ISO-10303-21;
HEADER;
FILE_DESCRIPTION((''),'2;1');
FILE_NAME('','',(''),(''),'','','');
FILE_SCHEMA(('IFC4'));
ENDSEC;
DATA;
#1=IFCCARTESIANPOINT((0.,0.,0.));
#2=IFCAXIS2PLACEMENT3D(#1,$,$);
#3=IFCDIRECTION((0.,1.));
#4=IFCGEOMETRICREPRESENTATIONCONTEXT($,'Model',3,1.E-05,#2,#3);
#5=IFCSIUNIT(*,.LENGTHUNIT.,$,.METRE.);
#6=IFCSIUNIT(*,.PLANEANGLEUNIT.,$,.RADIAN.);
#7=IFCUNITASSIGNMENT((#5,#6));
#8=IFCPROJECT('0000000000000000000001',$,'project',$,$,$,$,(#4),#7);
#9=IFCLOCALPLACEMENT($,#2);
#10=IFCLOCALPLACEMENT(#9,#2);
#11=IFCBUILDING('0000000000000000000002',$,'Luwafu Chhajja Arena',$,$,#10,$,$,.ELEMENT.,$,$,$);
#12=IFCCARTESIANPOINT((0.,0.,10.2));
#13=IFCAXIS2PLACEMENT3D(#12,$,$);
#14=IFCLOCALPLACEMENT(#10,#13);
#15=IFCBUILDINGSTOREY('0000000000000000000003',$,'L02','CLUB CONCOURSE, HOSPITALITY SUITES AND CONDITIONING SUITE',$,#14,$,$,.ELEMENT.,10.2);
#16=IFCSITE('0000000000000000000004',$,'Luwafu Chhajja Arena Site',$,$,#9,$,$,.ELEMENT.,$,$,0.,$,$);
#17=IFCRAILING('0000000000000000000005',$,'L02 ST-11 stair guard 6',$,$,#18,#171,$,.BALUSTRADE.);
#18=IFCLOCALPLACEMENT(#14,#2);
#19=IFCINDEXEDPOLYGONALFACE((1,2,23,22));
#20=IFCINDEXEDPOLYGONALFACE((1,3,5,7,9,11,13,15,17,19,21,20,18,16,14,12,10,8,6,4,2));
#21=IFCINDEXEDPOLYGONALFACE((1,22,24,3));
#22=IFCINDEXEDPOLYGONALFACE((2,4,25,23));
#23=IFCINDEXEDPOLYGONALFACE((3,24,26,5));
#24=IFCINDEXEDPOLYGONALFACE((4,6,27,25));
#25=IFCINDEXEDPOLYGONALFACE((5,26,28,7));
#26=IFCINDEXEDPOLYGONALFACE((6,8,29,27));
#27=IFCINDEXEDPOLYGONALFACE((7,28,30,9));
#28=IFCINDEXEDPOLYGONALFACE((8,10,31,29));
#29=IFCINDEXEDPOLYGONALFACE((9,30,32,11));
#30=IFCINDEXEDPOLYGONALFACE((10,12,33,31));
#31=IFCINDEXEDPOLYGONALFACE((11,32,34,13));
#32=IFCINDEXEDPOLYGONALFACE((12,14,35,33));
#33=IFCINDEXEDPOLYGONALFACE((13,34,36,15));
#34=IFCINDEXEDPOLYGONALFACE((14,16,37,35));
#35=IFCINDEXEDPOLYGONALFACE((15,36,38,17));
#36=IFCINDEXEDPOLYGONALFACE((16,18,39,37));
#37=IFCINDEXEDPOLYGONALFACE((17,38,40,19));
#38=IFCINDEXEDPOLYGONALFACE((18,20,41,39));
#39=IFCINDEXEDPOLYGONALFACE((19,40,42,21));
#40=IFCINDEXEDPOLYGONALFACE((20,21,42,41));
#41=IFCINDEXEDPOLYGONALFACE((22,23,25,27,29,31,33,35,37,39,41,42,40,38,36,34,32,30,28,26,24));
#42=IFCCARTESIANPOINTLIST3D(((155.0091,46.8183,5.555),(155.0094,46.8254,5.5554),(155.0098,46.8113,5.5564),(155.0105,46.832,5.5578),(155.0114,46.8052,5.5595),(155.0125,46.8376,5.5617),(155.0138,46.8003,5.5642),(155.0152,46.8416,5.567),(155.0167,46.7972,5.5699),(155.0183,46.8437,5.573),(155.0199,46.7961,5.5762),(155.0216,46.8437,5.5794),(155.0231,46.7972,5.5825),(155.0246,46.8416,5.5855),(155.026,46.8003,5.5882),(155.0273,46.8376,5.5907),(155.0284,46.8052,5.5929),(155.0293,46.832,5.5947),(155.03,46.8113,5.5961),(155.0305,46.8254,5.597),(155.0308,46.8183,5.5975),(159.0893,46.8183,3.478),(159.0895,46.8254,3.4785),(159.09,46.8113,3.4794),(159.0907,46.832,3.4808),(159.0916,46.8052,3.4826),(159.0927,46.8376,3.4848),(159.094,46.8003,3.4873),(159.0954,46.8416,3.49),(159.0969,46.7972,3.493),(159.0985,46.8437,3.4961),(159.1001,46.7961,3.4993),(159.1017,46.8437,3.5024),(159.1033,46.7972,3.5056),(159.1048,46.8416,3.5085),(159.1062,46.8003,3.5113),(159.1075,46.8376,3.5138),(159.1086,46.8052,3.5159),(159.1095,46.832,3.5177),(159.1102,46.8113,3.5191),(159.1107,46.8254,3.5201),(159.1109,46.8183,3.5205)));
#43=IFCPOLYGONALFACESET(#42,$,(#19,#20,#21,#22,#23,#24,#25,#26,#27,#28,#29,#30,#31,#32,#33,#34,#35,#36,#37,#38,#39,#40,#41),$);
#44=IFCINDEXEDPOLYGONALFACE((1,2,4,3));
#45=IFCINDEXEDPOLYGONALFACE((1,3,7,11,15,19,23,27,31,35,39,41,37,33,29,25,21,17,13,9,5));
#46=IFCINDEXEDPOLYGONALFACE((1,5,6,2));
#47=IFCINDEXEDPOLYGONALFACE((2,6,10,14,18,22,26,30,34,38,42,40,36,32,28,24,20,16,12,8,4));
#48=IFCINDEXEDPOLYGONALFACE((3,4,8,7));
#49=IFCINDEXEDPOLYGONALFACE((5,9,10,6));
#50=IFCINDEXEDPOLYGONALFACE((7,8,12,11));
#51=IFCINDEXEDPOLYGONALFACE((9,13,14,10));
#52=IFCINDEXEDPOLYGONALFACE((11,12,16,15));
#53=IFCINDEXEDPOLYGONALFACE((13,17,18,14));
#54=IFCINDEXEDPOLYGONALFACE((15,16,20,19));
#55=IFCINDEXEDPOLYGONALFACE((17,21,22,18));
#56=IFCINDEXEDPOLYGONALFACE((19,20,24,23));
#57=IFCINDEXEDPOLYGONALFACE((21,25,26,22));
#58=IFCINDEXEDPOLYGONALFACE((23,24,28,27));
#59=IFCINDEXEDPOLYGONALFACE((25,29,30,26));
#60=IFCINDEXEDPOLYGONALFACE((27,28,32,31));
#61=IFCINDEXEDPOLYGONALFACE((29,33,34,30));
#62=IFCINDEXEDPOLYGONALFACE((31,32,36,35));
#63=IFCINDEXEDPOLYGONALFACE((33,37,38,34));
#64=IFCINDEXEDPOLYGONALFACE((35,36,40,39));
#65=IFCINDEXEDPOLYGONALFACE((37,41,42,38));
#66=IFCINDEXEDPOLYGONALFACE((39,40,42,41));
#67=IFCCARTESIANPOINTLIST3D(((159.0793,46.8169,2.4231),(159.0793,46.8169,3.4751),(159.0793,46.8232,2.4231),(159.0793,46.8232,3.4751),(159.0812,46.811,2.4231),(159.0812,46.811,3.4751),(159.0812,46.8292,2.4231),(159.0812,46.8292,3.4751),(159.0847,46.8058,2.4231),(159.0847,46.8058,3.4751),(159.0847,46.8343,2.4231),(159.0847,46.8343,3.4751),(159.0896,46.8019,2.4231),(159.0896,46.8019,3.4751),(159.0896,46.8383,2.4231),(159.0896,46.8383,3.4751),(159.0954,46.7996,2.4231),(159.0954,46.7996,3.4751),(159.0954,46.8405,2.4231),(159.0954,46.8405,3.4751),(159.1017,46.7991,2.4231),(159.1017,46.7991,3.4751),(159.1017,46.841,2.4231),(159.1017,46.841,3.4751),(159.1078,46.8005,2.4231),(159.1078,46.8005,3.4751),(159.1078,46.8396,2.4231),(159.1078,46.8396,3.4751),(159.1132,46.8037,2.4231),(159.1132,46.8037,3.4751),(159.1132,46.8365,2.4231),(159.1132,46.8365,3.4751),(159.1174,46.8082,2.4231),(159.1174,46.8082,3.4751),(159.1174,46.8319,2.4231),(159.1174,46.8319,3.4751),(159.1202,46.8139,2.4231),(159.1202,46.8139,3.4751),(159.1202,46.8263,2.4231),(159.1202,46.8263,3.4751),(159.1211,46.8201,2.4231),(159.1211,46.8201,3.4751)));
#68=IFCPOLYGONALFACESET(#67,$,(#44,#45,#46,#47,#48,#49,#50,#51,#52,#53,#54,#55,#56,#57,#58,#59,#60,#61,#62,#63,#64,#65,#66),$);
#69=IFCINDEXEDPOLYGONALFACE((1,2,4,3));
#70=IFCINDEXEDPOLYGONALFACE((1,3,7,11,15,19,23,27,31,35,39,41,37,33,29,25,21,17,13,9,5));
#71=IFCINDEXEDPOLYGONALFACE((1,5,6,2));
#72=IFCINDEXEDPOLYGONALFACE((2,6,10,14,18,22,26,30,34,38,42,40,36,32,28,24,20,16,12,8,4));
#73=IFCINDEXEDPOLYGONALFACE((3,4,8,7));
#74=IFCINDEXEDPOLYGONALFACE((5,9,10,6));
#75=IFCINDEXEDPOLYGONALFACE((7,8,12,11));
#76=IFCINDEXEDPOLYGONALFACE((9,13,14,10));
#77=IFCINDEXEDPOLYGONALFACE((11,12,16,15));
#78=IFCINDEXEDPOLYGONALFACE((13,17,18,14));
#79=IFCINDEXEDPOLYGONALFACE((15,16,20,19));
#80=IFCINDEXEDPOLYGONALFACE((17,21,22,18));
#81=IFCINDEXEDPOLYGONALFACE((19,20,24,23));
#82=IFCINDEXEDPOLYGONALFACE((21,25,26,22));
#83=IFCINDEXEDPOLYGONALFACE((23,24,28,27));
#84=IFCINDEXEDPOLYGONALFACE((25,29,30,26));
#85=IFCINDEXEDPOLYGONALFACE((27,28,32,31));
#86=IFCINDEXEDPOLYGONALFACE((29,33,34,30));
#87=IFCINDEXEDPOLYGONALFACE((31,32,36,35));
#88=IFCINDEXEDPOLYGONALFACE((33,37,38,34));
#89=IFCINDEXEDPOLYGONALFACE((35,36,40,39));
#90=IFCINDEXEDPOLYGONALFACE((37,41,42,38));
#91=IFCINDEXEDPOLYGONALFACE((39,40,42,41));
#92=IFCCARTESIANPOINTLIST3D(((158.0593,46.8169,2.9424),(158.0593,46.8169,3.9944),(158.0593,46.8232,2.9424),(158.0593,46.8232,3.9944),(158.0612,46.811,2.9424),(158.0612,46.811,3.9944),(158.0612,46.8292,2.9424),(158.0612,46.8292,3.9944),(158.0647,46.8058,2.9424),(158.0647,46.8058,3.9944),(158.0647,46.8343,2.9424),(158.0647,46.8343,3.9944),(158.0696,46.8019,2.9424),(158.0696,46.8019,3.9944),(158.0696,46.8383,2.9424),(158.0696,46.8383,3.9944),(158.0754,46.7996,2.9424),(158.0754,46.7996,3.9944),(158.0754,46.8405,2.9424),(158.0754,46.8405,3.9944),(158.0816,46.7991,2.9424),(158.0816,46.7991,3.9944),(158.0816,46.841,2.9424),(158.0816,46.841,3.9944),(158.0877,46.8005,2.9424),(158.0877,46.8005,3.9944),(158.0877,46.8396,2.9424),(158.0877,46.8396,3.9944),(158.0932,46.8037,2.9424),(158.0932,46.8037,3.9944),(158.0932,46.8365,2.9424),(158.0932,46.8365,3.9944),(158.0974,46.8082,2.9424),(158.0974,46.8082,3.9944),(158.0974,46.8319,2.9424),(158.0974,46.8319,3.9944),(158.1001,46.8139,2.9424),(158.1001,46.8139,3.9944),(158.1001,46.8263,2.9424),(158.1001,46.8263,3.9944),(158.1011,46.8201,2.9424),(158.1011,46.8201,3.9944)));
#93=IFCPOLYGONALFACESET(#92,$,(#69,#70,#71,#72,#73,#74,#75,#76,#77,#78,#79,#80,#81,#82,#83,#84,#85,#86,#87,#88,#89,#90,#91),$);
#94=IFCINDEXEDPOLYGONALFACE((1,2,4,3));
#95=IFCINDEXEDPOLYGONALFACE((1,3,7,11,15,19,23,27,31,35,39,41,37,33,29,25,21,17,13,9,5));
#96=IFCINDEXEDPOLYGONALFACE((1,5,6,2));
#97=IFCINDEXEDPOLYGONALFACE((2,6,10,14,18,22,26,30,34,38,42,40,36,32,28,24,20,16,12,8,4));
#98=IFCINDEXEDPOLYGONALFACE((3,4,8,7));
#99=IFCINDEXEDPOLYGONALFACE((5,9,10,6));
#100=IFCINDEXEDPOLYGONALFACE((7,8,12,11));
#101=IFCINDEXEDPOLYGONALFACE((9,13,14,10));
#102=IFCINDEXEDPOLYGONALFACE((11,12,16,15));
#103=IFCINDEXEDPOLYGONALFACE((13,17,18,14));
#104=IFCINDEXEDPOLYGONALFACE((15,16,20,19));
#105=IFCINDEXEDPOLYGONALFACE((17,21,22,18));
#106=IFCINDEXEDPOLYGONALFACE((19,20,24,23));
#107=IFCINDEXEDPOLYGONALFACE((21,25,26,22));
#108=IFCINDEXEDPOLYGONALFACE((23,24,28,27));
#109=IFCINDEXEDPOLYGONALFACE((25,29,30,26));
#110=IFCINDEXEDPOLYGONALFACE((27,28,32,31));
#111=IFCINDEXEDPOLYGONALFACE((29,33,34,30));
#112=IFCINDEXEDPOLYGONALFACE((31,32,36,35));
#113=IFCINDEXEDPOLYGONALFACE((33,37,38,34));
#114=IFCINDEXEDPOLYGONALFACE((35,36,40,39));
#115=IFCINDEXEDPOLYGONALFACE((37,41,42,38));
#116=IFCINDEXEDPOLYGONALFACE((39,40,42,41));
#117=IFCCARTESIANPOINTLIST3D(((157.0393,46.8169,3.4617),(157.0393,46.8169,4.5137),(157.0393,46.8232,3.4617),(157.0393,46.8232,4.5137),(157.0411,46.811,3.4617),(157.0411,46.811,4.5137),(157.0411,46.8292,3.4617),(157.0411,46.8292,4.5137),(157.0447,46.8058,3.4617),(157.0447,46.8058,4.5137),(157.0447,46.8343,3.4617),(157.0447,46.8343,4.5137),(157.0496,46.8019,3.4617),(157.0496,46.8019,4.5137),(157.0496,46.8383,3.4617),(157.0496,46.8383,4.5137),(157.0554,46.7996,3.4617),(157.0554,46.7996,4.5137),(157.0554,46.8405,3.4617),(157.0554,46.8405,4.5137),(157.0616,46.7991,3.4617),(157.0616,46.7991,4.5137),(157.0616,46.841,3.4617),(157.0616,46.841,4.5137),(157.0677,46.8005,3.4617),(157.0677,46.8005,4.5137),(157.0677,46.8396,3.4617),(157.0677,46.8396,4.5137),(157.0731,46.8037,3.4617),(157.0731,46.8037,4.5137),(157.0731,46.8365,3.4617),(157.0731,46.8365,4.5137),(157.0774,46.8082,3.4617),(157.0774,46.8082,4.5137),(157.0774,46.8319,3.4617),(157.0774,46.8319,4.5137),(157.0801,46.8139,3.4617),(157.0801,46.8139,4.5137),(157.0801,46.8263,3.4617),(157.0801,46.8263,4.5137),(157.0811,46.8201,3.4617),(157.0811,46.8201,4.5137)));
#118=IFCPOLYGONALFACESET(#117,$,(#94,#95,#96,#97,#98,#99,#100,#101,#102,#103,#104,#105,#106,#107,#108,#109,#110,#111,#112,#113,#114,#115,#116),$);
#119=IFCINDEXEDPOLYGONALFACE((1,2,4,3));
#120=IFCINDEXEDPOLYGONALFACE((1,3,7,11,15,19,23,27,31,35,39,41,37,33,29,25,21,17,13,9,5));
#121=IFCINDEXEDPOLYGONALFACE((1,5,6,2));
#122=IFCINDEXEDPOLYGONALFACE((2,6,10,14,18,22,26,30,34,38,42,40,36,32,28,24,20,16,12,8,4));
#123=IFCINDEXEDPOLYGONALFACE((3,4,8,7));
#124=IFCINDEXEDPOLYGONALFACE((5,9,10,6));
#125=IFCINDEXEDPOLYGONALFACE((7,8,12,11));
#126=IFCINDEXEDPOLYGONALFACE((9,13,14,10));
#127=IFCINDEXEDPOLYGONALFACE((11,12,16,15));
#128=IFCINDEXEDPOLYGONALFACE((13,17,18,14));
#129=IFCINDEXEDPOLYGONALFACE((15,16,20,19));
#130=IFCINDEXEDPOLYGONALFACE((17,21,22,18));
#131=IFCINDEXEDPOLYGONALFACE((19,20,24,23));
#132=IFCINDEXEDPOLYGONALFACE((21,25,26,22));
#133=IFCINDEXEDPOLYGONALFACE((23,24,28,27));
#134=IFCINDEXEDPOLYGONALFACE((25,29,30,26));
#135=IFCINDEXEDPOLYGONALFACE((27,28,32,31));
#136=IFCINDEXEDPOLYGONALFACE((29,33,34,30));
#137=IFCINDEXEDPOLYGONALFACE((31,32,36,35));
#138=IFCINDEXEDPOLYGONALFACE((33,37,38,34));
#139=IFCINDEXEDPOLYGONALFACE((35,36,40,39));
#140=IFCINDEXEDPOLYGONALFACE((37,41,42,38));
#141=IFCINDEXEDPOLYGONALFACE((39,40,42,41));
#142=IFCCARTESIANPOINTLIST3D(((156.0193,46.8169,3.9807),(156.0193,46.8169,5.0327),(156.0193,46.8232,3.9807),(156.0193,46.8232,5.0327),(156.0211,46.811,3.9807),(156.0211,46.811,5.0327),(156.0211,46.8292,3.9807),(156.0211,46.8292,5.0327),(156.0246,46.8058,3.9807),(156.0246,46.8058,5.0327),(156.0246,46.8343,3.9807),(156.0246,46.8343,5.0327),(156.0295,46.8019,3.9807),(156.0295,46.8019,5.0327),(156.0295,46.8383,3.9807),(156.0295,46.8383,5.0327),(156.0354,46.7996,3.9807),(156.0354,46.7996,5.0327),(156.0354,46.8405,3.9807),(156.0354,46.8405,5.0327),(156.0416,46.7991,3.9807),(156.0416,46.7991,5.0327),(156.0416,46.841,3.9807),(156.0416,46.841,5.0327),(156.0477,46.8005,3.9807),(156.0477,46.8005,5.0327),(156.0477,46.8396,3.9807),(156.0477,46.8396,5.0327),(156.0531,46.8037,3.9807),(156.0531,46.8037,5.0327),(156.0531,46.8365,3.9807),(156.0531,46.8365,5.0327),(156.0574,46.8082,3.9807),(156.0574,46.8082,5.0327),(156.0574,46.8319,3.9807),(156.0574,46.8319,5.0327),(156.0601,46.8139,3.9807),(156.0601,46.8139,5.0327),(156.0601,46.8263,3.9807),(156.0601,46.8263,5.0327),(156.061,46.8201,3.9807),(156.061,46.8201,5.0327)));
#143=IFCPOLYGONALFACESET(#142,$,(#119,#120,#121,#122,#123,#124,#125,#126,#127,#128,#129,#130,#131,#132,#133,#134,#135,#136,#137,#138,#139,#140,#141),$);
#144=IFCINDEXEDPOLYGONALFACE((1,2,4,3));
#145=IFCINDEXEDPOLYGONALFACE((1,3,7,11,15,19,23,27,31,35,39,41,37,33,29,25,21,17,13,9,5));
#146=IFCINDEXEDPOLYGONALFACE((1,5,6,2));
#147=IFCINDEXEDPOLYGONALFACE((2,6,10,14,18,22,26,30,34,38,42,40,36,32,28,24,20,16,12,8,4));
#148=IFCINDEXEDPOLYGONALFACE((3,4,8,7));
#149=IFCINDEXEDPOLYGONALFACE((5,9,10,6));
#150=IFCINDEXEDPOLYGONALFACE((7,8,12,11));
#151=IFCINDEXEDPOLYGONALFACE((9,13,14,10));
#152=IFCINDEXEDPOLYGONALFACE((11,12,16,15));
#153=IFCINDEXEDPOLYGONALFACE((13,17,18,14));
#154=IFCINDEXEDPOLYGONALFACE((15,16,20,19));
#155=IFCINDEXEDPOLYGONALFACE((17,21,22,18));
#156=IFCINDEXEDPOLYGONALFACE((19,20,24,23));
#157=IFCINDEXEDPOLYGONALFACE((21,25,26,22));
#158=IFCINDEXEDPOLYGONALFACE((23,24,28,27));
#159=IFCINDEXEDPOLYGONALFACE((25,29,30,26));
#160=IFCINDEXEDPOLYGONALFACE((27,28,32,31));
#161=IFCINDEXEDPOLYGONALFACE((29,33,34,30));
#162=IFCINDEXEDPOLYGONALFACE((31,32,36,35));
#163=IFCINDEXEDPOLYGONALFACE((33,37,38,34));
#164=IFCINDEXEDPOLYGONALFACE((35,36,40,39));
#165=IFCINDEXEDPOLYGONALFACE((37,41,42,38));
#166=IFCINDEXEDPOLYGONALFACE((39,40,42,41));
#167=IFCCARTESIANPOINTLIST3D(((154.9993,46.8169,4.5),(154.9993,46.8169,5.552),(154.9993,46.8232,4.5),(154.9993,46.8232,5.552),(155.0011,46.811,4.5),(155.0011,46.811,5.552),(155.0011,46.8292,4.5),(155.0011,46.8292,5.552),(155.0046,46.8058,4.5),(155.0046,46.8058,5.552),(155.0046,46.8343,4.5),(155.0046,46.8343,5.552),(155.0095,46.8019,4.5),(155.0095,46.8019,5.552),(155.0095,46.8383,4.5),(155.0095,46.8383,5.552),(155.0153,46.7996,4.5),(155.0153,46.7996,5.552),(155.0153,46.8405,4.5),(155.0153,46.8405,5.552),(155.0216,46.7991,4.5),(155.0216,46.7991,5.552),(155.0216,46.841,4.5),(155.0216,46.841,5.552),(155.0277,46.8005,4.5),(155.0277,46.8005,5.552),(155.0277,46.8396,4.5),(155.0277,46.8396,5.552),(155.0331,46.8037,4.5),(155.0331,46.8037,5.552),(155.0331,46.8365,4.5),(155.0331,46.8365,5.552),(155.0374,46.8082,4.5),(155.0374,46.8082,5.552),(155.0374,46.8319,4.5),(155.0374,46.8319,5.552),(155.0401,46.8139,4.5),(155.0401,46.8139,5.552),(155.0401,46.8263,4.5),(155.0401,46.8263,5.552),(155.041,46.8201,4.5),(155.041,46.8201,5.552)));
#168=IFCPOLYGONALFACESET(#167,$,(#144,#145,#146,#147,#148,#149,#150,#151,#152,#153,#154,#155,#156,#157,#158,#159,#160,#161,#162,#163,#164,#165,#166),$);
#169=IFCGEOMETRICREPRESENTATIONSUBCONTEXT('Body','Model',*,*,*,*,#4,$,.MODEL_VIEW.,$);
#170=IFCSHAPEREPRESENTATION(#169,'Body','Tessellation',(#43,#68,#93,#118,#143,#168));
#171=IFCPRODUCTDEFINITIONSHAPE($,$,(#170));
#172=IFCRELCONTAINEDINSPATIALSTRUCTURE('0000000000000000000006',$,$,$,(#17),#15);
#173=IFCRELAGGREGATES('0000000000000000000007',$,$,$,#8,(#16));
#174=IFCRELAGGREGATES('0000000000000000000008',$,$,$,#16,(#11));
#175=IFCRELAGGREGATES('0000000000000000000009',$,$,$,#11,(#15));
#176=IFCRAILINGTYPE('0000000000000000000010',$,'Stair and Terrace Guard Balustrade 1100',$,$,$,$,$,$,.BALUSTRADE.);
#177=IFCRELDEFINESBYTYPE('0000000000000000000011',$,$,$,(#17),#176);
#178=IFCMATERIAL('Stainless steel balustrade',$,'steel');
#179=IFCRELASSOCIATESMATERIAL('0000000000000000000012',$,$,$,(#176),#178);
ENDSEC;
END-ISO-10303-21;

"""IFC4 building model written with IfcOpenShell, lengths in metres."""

from ifc_helpers import new_model, si_unit, direction, frame, origin, origin_2d, place, context, subcontext, project, spatial, circle, extrude, material, type_object, element, save


model = new_model("IFC4")

# Units and contexts
model_context = context("Model", 3, precision=1e-05, world=origin(), true_north=direction((0.0, 1.0)))
body_context = subcontext(model_context, "Body", "Model", "MODEL_VIEW")
ifc_project = project(units=[si_unit("LENGTHUNIT", "METRE"), si_unit("PLANEANGLEUNIT", "RADIAN")], contexts=[model_context])

# Site, building, storey
site_placement = place(None, origin())
site = spatial("IfcSite", under=ifc_project, at=site_placement, Name="Luwafu Chhajja Arena Site", CompositionType="ELEMENT", RefElevation=0.0)
building_placement = place(site_placement, origin())
building = spatial("IfcBuilding", under=site, at=building_placement, Name="Luwafu Chhajja Arena", CompositionType="ELEMENT")
storey_placement = place(building_placement, frame((0.0, 0.0, 10.2)))
storey = spatial("IfcBuildingStorey", under=building, at=storey_placement, Name="L02", Description="CLUB CONCOURSE, HOSPITALITY SUITES AND CONDITIONING SUITE", CompositionType="ELEMENT", Elevation=10.2)

# Railing
ifc_material_1 = material(Name="Stainless steel balustrade", Category="steel")
railing_type_1 = type_object("IfcRailingType", Name="Stair and Terrace Guard Balustrade 1100", PredefinedType="BALUSTRADE", material=ifc_material_1)
railing_1_placement = place(storey_placement, frame((159.1001, 46.8201, 2.4231)))
element("IfcRailing", 1, at=railing_1_placement, inside=storey, type_object=railing_type_1, Name="L02 ST-11 stair guard 6", PredefinedType="BALUSTRADE", context=body_context, shape_type="SweptSolid", body=[
    extrude(circle(Radius=0.0239, at=origin_2d()), frame((0.0, 0.0, 1.0762), z_axis=(-0.891183, 0.0, 0.453644), x_axis=(0.0, -1.0, 0.0)), (0.0, 0.0, 1.0), 4.5784),
    extrude(circle(Radius=0.021, at=origin_2d()), origin(), (0.0, 0.0, 1.0), 1.052),
    extrude(circle(Radius=0.021, at=origin_2d()), frame((-1.02, 0.0, 0.5193)), (0.0, 0.0, 1.0), 1.052),
    extrude(circle(Radius=0.021, at=origin_2d()), frame((-2.04, 0.0, 1.0386)), (0.0, 0.0, 1.0), 1.052),
    extrude(circle(Radius=0.021, at=origin_2d()), frame((-3.0601, 0.0, 1.5576)), (0.0, 0.0, 1.0), 1.052),
    extrude(circle(Radius=0.021, at=origin_2d()), frame((-4.0801, 0.0, 2.0769)), (0.0, 0.0, 1.0), 1.052),
])

save(model, "model.ifc")
